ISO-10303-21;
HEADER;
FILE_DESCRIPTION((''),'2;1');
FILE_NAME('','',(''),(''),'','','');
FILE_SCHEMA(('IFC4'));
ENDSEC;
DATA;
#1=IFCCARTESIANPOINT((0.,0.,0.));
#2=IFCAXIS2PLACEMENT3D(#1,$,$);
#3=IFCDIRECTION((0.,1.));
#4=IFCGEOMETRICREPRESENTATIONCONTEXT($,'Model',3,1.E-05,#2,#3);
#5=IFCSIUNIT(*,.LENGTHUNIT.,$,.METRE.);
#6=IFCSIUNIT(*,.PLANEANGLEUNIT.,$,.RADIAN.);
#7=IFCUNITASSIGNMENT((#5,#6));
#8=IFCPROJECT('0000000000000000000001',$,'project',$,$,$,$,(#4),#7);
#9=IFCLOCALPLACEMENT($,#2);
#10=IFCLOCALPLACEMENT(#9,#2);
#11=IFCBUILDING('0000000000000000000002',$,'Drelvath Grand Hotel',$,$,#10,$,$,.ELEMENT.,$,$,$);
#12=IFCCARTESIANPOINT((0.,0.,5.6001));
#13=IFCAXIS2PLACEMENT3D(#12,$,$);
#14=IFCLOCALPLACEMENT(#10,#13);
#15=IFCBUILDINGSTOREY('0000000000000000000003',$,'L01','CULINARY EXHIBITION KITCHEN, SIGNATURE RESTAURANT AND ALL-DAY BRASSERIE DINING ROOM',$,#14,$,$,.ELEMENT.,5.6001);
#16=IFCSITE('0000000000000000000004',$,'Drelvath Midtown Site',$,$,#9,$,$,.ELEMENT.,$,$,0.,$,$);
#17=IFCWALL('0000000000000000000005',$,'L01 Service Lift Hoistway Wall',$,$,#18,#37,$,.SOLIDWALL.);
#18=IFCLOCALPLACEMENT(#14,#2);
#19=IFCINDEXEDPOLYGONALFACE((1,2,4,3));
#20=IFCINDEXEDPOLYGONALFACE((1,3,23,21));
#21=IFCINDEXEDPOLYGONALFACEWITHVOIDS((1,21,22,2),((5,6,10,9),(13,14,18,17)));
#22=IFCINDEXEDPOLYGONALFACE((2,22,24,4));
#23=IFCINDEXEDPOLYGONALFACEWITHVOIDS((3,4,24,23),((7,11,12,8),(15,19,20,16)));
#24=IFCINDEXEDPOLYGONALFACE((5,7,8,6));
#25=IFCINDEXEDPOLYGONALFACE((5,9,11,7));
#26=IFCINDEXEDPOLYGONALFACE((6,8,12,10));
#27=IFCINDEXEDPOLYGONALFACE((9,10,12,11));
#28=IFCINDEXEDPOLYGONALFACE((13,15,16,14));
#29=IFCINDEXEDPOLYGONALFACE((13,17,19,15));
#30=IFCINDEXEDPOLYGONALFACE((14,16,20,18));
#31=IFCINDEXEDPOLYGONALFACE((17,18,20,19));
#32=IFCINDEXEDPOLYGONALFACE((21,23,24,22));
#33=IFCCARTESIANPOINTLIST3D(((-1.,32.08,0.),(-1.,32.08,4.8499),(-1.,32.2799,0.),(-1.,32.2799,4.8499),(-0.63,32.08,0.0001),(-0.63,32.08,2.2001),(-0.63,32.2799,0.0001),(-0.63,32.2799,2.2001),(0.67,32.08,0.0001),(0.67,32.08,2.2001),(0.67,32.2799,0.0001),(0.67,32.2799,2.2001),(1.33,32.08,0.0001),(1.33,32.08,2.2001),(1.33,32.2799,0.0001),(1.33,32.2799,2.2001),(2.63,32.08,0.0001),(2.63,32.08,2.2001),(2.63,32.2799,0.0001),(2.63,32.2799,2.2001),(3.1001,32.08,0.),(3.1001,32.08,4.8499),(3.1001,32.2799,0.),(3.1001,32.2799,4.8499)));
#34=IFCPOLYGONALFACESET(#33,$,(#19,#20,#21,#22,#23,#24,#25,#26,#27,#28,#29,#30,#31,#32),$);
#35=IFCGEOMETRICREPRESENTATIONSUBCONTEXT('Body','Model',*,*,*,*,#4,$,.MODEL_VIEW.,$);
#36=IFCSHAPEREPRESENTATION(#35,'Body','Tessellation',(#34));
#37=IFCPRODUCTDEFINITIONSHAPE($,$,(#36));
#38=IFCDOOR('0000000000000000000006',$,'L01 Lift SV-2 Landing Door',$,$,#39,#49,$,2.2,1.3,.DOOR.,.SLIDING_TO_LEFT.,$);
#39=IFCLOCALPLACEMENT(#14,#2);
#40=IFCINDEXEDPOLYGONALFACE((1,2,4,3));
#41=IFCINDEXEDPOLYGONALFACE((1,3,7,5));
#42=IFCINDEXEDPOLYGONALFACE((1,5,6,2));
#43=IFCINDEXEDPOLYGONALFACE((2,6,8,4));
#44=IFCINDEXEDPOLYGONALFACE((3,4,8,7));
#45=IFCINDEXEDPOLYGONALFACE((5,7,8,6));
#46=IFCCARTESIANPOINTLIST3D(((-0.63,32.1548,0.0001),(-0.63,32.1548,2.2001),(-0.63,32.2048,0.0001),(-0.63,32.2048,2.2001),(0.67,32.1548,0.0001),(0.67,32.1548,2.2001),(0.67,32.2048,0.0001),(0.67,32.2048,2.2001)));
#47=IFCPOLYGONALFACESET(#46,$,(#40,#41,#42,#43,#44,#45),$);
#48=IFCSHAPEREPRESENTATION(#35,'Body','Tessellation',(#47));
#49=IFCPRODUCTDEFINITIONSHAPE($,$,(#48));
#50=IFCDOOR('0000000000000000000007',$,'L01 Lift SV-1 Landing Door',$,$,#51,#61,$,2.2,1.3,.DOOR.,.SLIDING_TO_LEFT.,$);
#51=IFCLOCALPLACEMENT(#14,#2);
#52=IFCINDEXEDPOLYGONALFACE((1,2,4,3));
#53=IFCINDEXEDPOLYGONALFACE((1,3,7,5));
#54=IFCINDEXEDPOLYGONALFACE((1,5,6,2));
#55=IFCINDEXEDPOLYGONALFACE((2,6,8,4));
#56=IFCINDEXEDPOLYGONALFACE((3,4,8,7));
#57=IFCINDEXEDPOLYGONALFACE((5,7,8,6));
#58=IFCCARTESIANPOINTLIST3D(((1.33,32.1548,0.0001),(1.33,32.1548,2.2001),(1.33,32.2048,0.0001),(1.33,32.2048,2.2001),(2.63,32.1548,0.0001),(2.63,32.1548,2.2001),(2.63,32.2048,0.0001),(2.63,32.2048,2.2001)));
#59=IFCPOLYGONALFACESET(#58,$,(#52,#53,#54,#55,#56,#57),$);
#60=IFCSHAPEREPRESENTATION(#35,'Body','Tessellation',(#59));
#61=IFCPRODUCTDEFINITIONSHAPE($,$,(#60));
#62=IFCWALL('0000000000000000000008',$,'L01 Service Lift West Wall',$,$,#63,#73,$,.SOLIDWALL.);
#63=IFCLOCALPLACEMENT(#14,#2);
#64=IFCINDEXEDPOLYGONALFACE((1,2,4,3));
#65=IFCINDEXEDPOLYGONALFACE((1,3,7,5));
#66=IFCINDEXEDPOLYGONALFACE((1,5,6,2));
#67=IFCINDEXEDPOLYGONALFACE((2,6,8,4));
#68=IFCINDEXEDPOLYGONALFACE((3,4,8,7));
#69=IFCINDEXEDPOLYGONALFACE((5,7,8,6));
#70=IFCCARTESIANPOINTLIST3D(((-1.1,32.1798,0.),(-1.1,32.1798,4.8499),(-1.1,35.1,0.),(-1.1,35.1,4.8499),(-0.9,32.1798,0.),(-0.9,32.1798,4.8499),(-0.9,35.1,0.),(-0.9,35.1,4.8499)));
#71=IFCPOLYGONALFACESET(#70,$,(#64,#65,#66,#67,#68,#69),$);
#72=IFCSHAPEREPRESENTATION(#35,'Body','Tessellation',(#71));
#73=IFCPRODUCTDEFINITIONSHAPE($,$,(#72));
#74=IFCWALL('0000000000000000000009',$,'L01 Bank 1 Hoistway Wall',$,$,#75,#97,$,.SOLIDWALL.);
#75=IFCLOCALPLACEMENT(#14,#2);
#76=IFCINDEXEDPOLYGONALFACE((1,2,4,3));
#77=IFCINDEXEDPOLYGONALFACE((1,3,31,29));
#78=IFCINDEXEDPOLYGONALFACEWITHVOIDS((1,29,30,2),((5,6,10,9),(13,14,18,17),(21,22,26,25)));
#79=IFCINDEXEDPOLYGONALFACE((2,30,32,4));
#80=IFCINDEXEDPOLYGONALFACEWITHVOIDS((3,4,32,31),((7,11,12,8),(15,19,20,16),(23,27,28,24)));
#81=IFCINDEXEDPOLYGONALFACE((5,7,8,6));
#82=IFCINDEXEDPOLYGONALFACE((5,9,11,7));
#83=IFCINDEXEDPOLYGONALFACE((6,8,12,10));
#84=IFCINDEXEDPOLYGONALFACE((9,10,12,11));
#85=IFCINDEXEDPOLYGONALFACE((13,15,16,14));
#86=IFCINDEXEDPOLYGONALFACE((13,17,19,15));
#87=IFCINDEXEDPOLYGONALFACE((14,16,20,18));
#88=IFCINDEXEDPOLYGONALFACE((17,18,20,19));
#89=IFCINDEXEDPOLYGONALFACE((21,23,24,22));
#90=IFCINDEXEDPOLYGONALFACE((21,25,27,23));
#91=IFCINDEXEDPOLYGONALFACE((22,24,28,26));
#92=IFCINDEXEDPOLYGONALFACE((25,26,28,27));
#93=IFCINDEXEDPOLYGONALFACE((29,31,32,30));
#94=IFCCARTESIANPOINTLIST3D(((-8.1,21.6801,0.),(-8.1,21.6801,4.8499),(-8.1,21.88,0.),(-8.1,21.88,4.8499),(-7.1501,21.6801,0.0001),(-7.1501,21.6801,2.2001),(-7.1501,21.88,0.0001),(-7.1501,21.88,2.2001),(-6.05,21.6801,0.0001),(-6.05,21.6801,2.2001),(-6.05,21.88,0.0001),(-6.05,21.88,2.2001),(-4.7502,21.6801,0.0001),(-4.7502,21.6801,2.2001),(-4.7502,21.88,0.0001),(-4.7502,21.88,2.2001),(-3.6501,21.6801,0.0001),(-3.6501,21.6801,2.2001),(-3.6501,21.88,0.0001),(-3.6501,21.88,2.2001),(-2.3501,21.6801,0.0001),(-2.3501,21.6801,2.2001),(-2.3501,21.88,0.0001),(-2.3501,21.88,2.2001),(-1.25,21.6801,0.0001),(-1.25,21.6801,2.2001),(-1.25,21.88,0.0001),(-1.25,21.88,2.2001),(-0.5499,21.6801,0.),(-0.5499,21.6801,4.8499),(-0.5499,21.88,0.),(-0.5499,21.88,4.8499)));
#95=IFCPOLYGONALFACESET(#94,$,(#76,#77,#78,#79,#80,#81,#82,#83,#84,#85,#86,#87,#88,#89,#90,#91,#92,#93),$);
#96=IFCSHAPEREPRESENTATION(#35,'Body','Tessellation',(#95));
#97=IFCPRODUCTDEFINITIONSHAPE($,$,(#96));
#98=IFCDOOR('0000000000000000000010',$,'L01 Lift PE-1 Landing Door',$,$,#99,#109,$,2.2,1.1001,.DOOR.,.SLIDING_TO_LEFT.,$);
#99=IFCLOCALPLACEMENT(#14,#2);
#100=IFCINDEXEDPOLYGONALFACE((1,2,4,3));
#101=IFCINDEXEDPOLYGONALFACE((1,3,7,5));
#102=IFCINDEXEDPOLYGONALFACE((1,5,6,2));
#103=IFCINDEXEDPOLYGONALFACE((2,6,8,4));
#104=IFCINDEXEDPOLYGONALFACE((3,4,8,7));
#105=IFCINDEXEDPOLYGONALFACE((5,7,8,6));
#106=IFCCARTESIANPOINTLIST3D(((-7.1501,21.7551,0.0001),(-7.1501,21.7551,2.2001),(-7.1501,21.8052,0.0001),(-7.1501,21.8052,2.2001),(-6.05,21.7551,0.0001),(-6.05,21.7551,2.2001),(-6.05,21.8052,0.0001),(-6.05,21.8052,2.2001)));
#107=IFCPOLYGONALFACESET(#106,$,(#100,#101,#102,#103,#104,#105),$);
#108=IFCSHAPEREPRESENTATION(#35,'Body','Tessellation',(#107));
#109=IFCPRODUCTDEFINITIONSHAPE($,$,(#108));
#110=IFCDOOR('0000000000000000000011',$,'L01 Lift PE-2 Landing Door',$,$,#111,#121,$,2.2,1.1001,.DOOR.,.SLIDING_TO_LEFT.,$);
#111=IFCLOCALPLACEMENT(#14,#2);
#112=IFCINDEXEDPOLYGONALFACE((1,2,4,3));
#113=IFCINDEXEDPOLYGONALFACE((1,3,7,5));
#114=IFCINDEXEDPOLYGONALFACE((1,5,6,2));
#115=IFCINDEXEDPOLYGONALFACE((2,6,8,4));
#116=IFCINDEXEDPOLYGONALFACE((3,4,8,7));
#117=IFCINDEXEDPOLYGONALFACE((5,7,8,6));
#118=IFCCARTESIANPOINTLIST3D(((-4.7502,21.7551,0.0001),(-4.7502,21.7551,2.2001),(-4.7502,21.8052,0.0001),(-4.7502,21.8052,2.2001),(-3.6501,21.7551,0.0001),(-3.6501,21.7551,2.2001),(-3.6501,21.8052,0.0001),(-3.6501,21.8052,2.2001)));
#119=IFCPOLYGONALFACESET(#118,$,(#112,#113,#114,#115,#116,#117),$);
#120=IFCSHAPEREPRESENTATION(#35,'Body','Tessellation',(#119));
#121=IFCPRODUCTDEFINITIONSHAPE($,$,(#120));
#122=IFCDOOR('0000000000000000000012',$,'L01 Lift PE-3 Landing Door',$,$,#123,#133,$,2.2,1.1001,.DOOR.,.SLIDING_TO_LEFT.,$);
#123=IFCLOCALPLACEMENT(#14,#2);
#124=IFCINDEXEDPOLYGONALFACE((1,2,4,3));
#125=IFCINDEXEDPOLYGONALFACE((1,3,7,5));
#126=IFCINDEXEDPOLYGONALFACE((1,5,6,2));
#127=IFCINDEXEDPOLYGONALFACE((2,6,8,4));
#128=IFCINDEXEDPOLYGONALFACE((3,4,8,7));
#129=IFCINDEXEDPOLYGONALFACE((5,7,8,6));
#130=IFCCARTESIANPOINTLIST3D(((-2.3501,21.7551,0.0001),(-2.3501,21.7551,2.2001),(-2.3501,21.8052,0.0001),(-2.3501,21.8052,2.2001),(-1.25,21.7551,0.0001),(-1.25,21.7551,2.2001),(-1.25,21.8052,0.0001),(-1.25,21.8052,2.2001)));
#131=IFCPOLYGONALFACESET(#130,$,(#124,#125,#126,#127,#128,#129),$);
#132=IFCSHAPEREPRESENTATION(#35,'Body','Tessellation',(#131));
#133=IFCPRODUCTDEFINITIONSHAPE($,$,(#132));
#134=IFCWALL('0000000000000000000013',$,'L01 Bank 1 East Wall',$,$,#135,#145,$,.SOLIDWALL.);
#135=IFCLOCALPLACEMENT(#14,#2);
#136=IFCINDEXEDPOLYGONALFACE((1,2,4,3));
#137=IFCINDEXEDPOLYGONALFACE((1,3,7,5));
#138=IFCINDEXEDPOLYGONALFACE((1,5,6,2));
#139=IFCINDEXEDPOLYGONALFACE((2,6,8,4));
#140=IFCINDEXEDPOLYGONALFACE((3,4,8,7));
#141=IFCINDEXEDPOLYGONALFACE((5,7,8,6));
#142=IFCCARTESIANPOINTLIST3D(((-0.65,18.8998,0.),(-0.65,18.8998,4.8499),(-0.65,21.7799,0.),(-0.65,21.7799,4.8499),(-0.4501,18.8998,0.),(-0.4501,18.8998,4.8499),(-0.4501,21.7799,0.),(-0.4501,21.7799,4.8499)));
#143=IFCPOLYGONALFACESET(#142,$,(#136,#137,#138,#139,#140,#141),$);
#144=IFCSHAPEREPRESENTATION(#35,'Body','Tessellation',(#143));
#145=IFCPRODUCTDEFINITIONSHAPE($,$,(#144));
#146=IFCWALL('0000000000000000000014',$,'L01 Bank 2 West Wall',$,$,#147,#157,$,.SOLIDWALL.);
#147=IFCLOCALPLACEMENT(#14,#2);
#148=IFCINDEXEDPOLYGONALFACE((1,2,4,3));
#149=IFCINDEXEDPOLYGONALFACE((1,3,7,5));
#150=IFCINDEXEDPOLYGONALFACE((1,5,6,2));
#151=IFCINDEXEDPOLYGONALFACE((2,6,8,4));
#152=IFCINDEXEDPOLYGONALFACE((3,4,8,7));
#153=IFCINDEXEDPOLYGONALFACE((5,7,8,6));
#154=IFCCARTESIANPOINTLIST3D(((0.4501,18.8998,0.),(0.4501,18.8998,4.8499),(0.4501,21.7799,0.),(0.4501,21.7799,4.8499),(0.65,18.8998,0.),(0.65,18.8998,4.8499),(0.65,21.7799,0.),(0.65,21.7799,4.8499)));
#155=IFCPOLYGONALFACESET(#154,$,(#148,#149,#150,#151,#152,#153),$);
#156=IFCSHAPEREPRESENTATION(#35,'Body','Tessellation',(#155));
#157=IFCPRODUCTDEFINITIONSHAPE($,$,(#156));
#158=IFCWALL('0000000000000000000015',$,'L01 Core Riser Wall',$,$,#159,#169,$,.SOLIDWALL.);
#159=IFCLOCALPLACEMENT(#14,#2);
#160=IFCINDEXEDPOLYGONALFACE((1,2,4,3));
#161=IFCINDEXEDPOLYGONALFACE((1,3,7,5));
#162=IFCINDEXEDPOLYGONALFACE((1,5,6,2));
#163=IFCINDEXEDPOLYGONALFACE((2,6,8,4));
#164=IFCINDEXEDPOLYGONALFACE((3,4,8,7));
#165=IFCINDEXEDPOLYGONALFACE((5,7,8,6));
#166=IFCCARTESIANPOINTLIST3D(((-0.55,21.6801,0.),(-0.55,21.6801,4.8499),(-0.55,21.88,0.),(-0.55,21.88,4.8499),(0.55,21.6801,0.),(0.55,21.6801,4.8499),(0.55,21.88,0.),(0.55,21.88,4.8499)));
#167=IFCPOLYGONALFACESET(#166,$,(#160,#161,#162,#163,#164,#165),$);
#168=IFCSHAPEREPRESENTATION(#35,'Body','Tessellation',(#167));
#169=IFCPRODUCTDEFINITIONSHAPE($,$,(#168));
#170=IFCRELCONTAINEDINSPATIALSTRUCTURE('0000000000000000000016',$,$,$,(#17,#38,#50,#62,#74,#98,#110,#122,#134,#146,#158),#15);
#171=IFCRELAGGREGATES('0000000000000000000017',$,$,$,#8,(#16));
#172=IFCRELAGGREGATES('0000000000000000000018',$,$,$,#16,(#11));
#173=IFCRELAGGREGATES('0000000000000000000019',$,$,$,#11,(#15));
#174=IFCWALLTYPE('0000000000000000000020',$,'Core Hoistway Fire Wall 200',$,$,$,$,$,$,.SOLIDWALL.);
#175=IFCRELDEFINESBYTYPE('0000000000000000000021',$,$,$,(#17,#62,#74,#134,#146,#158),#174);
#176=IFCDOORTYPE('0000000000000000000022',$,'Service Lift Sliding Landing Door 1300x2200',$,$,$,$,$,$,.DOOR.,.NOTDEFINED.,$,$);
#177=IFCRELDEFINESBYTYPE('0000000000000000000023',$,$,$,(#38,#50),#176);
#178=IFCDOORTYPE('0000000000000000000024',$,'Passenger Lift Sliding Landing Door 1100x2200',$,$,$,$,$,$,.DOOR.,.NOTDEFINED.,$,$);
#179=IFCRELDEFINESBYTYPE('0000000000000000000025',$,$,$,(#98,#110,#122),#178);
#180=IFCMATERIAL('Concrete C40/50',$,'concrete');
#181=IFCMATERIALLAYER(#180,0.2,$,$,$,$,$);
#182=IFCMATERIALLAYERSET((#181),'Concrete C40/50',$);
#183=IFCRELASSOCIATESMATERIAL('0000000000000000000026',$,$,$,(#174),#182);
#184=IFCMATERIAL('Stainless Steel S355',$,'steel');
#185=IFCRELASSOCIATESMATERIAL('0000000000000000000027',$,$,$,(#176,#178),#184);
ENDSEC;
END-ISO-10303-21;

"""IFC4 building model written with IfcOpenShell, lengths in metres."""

from ifc_helpers import new_model, si_unit, direction, frame, frame_2d, origin, place, context, subcontext, project, spatial, rectangle, extrude, material, layer, layer_set, type_object, element, fill, save


model = new_model("IFC4")

# Units and contexts
model_context = context("Model", 3, precision=1e-05, world=origin(), true_north=direction((0.0, 1.0)))
body_context = subcontext(model_context, "Body", "Model", "MODEL_VIEW")
ifc_project = project(units=[si_unit("LENGTHUNIT", "METRE"), si_unit("PLANEANGLEUNIT", "RADIAN")], contexts=[model_context])

# Site, building, storey
site_placement = place(None, origin())
site = spatial("IfcSite", under=ifc_project, at=site_placement, Name="Drelvath Midtown Site", CompositionType="ELEMENT", RefElevation=0.0)
building_placement = place(site_placement, origin())
building = spatial("IfcBuilding", under=site, at=building_placement, Name="Drelvath Grand Hotel", CompositionType="ELEMENT")
storey_placement = place(building_placement, frame((0.0, 0.0, 5.6001)))
storey = spatial("IfcBuildingStorey", under=building, at=storey_placement, Name="L01", Description="CULINARY EXHIBITION KITCHEN, SIGNATURE RESTAURANT AND ALL-DAY BRASSERIE DINING ROOM", CompositionType="ELEMENT", Elevation=5.6001)

# Wall, openings, doors
ifc_material_1 = material(Name="Concrete C40/50", Category="concrete")
ifc_layer_1 = layer(ifc_material_1, 0.2)
ifc_layer_set_1 = layer_set([ifc_layer_1], Name="Concrete C40/50")
wall_type_1 = type_object("IfcWallType", Name="Core Hoistway Fire Wall 200", PredefinedType="SOLIDWALL", material=ifc_layer_set_1)
wall_1_placement = place(storey_placement, frame((-1.0, 32.1799, 0.0), z_axis=(0.0, 0.0, 1.0), x_axis=(1.0, 0.0, 0.0)))
wall_1 = element("IfcWall", 1, at=wall_1_placement, inside=storey, type_object=wall_type_1, Name="L01 Service Lift Hoistway Wall", PredefinedType="SOLIDWALL", context=body_context, shape_type="SweptSolid", body=[
    extrude(rectangle(XDim=4.1001, YDim=0.2, at=frame_2d((2.05, 0.0))), origin(), (0.0, 0.0, 1.0), 4.8499),
])
opening_1_placement = place(wall_1_placement, frame((0.3701, 0.0, 0.0)))
opening_1 = element("IfcOpeningElement", 2, at=opening_1_placement, cuts=wall_1, PredefinedType="OPENING", context=body_context, shape_type="SweptSolid", body=[
    extrude(rectangle(XDim=1.3, YDim=2.2, at=frame_2d((0.6499, 1.1001))), frame((0.0, 0.1099, 0.0), z_axis=(0.0, -1.0, 0.0), x_axis=(1.0, 0.0, 0.0)), (0.0, 0.0, 1.0), 0.22),
])
opening_2_placement = place(wall_1_placement, frame((2.3301, 0.0, 0.0)))
opening_2 = element("IfcOpeningElement", 3, at=opening_2_placement, cuts=wall_1, PredefinedType="OPENING", context=body_context, shape_type="SweptSolid", body=[
    extrude(rectangle(XDim=1.3, YDim=2.2, at=frame_2d((0.6499, 1.1001))), frame((0.0, 0.1099, 0.0), z_axis=(0.0, -1.0, 0.0), x_axis=(1.0, 0.0, 0.0)), (0.0, 0.0, 1.0), 0.22),
])
ifc_material_2 = material(Name="Stainless Steel S355", Category="steel")
door_type_1 = type_object("IfcDoorType", Name="Service Lift Sliding Landing Door 1300x2200", OperationType="NOTDEFINED", PredefinedType="DOOR", material=ifc_material_2)
door_1_placement = place(opening_1_placement, origin())
door_1 = element("IfcDoor", 4, at=door_1_placement, inside=storey, type_object=door_type_1, Name="L01 Lift SV-2 Landing Door", OperationType="SLIDING_TO_LEFT", OverallHeight=2.2, OverallWidth=1.3, PredefinedType="DOOR", context=body_context, shape_type="SweptSolid", body=[
    extrude(rectangle(XDim=1.3, YDim=2.2, at=frame_2d((0.6499, 1.1001))), frame((0.0, 0.0249, 0.0), z_axis=(0.0, -1.0, 0.0), x_axis=(1.0, 0.0, 0.0)), (0.0, 0.0, 1.0), 0.05),
])
fill(opening_1, door_1)
door_2_placement = place(opening_2_placement, origin())
door_2 = element("IfcDoor", 5, at=door_2_placement, inside=storey, type_object=door_type_1, Name="L01 Lift SV-1 Landing Door", OperationType="SLIDING_TO_LEFT", OverallHeight=2.2, OverallWidth=1.3, PredefinedType="DOOR", context=body_context, shape_type="SweptSolid", body=[
    extrude(rectangle(XDim=1.3, YDim=2.2, at=frame_2d((0.6499, 1.1001))), frame((0.0, 0.0249, 0.0), z_axis=(0.0, -1.0, 0.0), x_axis=(1.0, 0.0, 0.0)), (0.0, 0.0, 1.0), 0.05),
])
fill(opening_2, door_2)

# Wall
wall_2_placement = place(storey_placement, frame((-1.0, 32.1799, 0.0), z_axis=(0.0, 0.0, 1.0), x_axis=(0.0, 1.0, 0.0)))
element("IfcWall", 6, at=wall_2_placement, inside=storey, type_object=wall_type_1, Name="L01 Service Lift West Wall", PredefinedType="SOLIDWALL", context=body_context, shape_type="SweptSolid", body=[
    extrude(rectangle(XDim=2.9202, YDim=0.2, at=frame_2d((1.46, 0.0))), origin(), (0.0, 0.0, 1.0), 4.8499),
])

# Wall, openings, doors
wall_3_placement = place(storey_placement, frame((-0.55, 21.78, 0.0), z_axis=(0.0, 0.0, 1.0), x_axis=(-1.0, 0.0, 0.0)))
wall_3 = element("IfcWall", 7, at=wall_3_placement, inside=storey, type_object=wall_type_1, Name="L01 Bank 1 Hoistway Wall", PredefinedType="SOLIDWALL", context=body_context, shape_type="SweptSolid", body=[
    extrude(rectangle(XDim=7.55, YDim=0.2, at=frame_2d((3.7749, 0.0))), origin(), (0.0, 0.0, 1.0), 4.8499),
])
opening_3_placement = place(wall_3_placement, frame((5.5, 0.0, 0.0)))
opening_3 = element("IfcOpeningElement", 8, at=opening_3_placement, cuts=wall_3, PredefinedType="OPENING", context=body_context, shape_type="SweptSolid", body=[
    extrude(rectangle(XDim=1.1001, YDim=2.2, at=frame_2d((0.55, 1.1001))), frame((0.0, 0.1099, 0.0), z_axis=(0.0, -1.0, 0.0), x_axis=(1.0, 0.0, 0.0)), (0.0, 0.0, 1.0), 0.22),
])
opening_4_placement = place(wall_3_placement, frame((3.1001, 0.0, 0.0)))
opening_4 = element("IfcOpeningElement", 9, at=opening_4_placement, cuts=wall_3, PredefinedType="OPENING", context=body_context, shape_type="SweptSolid", body=[
    extrude(rectangle(XDim=1.1001, YDim=2.2, at=frame_2d((0.55, 1.1001))), frame((0.0, 0.1099, 0.0), z_axis=(0.0, -1.0, 0.0), x_axis=(1.0, 0.0, 0.0)), (0.0, 0.0, 1.0), 0.22),
])
opening_5_placement = place(wall_3_placement, frame((0.7, 0.0, 0.0)))
opening_5 = element("IfcOpeningElement", 10, at=opening_5_placement, cuts=wall_3, PredefinedType="OPENING", context=body_context, shape_type="SweptSolid", body=[
    extrude(rectangle(XDim=1.1001, YDim=2.2, at=frame_2d((0.55, 1.1001))), frame((0.0, 0.1099, 0.0), z_axis=(0.0, -1.0, 0.0), x_axis=(1.0, 0.0, 0.0)), (0.0, 0.0, 1.0), 0.22),
])
door_type_2 = type_object("IfcDoorType", Name="Passenger Lift Sliding Landing Door 1100x2200", OperationType="NOTDEFINED", PredefinedType="DOOR", material=ifc_material_2)
door_3_placement = place(opening_3_placement, origin())
door_3 = element("IfcDoor", 11, at=door_3_placement, inside=storey, type_object=door_type_2, Name="L01 Lift PE-1 Landing Door", OperationType="SLIDING_TO_LEFT", OverallHeight=2.2, OverallWidth=1.1001, PredefinedType="DOOR", context=body_context, shape_type="SweptSolid", body=[
    extrude(rectangle(XDim=1.1001, YDim=2.2, at=frame_2d((0.55, 1.1001))), frame((0.0, 0.0249, 0.0), z_axis=(0.0, -1.0, 0.0), x_axis=(1.0, 0.0, 0.0)), (0.0, 0.0, 1.0), 0.05),
])
fill(opening_3, door_3)
door_4_placement = place(opening_4_placement, origin())
door_4 = element("IfcDoor", 12, at=door_4_placement, inside=storey, type_object=door_type_2, Name="L01 Lift PE-2 Landing Door", OperationType="SLIDING_TO_LEFT", OverallHeight=2.2, OverallWidth=1.1001, PredefinedType="DOOR", context=body_context, shape_type="SweptSolid", body=[
    extrude(rectangle(XDim=1.1001, YDim=2.2, at=frame_2d((0.55, 1.1001))), frame((0.0, 0.0249, 0.0), z_axis=(0.0, -1.0, 0.0), x_axis=(1.0, 0.0, 0.0)), (0.0, 0.0, 1.0), 0.05),
])
fill(opening_4, door_4)
door_5_placement = place(opening_5_placement, origin())
door_5 = element("IfcDoor", 13, at=door_5_placement, inside=storey, type_object=door_type_2, Name="L01 Lift PE-3 Landing Door", OperationType="SLIDING_TO_LEFT", OverallHeight=2.2, OverallWidth=1.1001, PredefinedType="DOOR", context=body_context, shape_type="SweptSolid", body=[
    extrude(rectangle(XDim=1.1001, YDim=2.2, at=frame_2d((0.55, 1.1001))), frame((0.0, 0.0249, 0.0), z_axis=(0.0, -1.0, 0.0), x_axis=(1.0, 0.0, 0.0)), (0.0, 0.0, 1.0), 0.05),
])
fill(opening_5, door_5)

# Walls
for number, where, z_axis, x_axis, name in (
    (14, (-0.55, 18.8999, 0.0), (0.0, 0.0, 1.0), (0.0, 1.0, 0.0), "L01 Bank 1 East Wall"),
    (15, (0.55, 18.8999, 0.0), (0.0, 0.0, 1.0), (0.0, 1.0, 0.0), "L01 Bank 2 West Wall"),
):
    element("IfcWall", number, at=place(storey_placement, frame(where, z_axis=z_axis, x_axis=x_axis)), inside=storey, type_object=wall_type_1, Name=name, PredefinedType="SOLIDWALL", context=body_context, shape_type="SweptSolid", body=[
        extrude(rectangle(XDim=2.8801, YDim=0.2, at=frame_2d((1.4399, 0.0))), origin(), (0.0, 0.0, 1.0), 4.8499),
    ])
wall_4_placement = place(storey_placement, frame((-0.55, 21.78, 0.0), z_axis=(0.0, 0.0, 1.0), x_axis=(1.0, 0.0, 0.0)))
element("IfcWall", 16, at=wall_4_placement, inside=storey, type_object=wall_type_1, Name="L01 Core Riser Wall", PredefinedType="SOLIDWALL", context=body_context, shape_type="SweptSolid", body=[
    extrude(rectangle(XDim=1.1001, YDim=0.2, at=frame_2d((0.55, 0.0))), origin(), (0.0, 0.0, 1.0), 4.8499),
])

save(model, "model.ifc")
